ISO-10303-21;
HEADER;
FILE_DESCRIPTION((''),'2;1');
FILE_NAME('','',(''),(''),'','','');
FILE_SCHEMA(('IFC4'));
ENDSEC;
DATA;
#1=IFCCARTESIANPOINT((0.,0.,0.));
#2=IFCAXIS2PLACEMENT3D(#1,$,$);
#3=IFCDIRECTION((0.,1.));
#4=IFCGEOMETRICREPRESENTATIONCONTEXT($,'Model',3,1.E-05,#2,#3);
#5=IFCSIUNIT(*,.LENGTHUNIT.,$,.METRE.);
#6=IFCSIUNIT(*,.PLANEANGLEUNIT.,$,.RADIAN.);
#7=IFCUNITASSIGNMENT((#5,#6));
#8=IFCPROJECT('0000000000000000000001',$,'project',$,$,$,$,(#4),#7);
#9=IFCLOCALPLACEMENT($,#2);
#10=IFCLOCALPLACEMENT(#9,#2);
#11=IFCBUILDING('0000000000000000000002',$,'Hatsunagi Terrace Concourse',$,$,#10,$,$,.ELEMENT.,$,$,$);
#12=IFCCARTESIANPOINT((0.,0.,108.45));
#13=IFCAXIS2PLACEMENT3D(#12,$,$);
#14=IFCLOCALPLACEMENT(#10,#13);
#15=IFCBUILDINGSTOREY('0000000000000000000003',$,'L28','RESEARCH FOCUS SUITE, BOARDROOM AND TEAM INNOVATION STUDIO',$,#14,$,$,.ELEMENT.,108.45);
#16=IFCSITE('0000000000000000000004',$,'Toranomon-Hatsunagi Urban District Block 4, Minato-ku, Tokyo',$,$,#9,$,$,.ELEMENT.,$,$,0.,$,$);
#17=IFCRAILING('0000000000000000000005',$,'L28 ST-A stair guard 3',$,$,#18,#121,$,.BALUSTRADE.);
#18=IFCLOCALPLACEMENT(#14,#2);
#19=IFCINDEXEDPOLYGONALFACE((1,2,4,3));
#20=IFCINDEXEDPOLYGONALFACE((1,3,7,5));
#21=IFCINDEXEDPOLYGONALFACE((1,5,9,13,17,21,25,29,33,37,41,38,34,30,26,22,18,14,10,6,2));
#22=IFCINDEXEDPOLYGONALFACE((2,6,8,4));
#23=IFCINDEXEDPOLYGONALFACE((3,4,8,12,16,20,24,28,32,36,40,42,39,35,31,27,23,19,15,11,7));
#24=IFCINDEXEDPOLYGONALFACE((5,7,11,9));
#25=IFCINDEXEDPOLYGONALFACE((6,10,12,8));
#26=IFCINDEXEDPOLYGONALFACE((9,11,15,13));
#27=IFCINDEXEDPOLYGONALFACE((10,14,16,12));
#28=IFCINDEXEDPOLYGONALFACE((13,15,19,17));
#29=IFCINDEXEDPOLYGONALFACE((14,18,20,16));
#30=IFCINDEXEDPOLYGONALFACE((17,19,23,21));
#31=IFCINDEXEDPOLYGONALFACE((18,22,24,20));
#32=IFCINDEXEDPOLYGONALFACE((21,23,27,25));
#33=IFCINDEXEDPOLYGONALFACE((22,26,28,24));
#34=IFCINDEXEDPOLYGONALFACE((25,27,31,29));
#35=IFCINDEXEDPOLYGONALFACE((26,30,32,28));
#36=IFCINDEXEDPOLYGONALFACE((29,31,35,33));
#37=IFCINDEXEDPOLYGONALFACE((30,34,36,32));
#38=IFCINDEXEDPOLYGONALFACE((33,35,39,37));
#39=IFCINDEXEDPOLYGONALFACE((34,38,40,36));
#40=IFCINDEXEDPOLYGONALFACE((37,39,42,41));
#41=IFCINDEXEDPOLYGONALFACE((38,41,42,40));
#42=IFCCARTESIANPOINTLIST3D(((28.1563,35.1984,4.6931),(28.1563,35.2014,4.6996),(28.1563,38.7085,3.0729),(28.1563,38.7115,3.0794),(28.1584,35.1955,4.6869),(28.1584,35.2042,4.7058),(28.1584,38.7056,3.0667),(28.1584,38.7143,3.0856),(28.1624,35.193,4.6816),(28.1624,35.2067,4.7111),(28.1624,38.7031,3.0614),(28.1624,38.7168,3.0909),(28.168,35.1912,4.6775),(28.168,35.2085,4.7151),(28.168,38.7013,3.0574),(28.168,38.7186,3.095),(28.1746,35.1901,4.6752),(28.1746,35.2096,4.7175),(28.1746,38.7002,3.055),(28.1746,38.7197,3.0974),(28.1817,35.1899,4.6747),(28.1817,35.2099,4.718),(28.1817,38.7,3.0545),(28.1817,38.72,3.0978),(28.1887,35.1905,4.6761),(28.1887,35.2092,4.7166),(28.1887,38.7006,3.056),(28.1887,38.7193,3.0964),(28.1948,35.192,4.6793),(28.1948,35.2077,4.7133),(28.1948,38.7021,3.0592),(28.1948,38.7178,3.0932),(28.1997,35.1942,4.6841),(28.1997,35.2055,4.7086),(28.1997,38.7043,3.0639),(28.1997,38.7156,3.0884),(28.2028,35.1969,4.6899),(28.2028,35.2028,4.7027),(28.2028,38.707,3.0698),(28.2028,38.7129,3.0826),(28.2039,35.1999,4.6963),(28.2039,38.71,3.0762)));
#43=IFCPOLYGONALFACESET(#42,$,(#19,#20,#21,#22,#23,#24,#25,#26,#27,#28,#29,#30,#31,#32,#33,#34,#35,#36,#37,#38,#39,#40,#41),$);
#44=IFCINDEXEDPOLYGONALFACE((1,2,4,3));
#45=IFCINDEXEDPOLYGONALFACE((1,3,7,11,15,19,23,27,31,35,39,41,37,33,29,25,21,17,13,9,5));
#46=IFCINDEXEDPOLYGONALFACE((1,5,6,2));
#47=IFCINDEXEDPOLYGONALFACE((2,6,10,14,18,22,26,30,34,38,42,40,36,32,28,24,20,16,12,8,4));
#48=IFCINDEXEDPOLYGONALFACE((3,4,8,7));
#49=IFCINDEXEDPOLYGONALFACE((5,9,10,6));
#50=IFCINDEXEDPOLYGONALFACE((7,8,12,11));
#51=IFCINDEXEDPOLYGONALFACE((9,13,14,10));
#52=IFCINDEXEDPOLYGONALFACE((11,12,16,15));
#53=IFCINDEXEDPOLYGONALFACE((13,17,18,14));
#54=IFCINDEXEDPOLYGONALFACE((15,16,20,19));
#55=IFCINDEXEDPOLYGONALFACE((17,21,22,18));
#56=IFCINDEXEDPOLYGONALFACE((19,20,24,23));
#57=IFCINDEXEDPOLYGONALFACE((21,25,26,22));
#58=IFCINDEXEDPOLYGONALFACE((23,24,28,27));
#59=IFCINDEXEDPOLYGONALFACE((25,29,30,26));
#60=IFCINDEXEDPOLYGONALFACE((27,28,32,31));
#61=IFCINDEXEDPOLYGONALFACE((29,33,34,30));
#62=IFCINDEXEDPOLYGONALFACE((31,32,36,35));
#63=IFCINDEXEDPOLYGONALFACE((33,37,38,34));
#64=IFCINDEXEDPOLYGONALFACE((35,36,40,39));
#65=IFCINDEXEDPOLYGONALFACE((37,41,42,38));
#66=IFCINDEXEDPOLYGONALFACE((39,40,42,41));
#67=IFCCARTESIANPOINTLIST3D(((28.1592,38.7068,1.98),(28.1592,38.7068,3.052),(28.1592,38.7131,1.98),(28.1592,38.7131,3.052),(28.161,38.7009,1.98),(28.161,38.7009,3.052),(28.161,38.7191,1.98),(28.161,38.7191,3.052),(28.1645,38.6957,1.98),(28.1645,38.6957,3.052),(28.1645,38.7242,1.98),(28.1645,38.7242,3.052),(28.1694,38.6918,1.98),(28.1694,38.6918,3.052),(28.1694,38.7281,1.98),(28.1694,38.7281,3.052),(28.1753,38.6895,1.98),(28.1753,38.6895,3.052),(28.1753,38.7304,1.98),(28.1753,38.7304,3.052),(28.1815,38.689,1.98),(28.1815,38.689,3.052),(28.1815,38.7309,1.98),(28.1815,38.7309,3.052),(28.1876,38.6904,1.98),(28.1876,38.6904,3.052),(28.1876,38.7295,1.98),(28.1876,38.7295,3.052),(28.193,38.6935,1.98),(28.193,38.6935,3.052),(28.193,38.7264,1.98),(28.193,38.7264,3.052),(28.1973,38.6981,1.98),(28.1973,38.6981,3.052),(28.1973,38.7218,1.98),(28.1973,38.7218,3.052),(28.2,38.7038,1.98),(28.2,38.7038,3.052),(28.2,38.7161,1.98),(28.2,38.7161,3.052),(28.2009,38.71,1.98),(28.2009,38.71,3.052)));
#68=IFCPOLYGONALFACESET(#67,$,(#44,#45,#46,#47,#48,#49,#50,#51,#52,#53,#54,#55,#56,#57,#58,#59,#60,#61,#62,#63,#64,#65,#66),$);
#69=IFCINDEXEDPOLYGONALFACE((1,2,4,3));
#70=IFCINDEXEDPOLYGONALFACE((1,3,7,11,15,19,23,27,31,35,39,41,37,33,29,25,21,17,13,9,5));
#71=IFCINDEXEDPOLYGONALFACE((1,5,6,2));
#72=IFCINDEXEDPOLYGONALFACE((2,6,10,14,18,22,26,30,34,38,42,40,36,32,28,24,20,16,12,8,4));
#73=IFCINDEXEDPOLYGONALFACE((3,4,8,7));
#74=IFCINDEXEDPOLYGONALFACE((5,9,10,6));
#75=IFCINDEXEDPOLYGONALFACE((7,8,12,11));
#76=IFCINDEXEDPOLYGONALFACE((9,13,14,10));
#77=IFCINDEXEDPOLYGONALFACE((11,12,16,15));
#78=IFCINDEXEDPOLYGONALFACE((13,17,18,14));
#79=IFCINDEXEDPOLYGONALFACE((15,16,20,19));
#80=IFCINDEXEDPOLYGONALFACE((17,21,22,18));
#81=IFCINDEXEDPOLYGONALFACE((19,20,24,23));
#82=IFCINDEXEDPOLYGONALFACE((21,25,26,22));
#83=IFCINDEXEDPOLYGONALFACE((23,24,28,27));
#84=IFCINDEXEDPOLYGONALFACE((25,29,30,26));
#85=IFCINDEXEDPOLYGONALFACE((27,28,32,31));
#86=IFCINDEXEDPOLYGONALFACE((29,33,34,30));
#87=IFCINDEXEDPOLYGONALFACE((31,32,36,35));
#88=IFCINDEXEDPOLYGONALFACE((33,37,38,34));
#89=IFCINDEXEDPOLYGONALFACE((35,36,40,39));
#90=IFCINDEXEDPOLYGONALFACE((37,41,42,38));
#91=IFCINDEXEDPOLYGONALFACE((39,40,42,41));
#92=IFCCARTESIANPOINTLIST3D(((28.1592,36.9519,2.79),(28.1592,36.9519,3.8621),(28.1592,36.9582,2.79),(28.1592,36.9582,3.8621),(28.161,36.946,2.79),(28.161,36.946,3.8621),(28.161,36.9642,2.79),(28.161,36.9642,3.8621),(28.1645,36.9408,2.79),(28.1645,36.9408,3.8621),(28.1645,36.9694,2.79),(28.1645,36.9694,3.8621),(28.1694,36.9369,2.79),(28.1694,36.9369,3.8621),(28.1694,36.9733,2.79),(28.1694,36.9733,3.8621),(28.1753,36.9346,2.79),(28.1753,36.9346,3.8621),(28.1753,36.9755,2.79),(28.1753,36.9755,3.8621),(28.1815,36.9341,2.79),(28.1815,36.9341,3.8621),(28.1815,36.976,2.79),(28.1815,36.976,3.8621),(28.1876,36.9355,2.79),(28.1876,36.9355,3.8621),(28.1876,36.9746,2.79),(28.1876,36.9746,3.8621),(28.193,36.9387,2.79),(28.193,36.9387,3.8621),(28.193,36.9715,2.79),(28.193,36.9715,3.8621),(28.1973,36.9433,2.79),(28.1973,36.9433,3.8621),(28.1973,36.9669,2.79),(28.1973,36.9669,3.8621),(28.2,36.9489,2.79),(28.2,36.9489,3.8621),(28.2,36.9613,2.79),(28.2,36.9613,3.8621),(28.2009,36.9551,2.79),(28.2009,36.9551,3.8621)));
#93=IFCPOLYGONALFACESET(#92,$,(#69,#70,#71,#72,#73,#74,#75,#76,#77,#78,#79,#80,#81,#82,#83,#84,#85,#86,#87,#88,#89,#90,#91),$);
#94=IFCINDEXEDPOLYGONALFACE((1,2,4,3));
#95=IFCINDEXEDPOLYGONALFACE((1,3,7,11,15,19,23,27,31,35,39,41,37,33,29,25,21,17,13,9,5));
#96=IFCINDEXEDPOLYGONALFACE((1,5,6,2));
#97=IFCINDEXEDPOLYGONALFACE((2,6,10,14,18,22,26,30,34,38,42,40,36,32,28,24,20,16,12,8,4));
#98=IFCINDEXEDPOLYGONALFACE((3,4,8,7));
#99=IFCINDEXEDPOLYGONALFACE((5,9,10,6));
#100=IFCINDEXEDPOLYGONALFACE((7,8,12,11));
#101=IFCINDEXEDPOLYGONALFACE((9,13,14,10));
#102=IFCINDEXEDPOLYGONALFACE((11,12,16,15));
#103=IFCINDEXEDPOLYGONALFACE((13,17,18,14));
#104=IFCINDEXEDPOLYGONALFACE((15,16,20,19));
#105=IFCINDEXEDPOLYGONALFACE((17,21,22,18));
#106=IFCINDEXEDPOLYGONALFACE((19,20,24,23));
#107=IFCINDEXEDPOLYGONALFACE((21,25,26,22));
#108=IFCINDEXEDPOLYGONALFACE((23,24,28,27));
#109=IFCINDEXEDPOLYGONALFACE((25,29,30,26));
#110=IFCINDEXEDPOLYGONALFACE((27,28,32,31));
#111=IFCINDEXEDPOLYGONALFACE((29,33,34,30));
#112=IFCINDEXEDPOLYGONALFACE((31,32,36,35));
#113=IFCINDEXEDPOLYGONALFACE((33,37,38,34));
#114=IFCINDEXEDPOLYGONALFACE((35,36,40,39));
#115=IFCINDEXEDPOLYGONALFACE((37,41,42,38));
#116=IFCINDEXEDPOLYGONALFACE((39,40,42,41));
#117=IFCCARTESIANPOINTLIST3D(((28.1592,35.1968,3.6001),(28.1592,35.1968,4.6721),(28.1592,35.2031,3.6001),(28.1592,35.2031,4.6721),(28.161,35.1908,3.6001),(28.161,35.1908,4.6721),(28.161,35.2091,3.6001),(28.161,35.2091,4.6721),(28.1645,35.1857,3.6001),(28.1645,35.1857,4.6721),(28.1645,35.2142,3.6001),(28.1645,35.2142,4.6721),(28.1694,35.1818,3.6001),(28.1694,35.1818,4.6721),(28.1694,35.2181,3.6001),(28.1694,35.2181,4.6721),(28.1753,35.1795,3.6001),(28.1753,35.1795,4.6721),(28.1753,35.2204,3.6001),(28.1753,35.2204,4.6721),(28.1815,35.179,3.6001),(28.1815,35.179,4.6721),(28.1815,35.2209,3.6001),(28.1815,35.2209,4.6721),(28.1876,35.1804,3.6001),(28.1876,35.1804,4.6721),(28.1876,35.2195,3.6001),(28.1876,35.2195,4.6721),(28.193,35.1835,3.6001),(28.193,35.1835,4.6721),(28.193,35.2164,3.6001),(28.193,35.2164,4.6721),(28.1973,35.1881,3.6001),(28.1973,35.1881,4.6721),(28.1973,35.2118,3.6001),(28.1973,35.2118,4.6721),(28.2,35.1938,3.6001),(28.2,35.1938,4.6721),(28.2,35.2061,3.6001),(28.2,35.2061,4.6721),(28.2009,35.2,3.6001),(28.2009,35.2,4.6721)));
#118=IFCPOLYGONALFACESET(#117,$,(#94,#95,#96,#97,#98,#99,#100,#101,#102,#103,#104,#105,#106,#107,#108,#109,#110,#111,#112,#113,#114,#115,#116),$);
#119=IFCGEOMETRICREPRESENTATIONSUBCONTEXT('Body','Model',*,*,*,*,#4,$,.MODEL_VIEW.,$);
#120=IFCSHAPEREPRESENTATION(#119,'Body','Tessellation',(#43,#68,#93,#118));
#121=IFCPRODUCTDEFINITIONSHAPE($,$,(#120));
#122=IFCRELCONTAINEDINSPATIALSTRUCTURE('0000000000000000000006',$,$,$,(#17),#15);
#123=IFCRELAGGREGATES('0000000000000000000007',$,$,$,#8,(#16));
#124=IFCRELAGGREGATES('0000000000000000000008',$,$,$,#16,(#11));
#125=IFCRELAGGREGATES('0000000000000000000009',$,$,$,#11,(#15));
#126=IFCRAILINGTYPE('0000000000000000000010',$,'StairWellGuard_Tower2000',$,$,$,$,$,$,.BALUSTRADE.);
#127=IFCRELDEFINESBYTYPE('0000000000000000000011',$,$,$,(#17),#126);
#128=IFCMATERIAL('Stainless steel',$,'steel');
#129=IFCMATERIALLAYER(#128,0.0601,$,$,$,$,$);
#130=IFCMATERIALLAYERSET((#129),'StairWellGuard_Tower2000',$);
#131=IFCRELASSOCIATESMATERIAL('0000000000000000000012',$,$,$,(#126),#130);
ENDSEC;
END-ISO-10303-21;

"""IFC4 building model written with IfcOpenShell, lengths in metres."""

from ifc_helpers import new_model, si_unit, direction, frame, origin, origin_2d, place, context, subcontext, project, spatial, circle, extrude, material, layer, layer_set, type_object, element, save


model = new_model("IFC4")

# Units and contexts
model_context = context("Model", 3, precision=1e-05, world=origin(), true_north=direction((0.0, 1.0)))
body_context = subcontext(model_context, "Body", "Model", "MODEL_VIEW")
ifc_project = project(units=[si_unit("LENGTHUNIT", "METRE"), si_unit("PLANEANGLEUNIT", "RADIAN")], contexts=[model_context])

# Site, building, storey
site_placement = place(None, origin())
site = spatial("IfcSite", under=ifc_project, at=site_placement, Name="Toranomon-Hatsunagi Urban District Block 4, Minato-ku, Tokyo", CompositionType="ELEMENT", RefElevation=0.0)
building_placement = place(site_placement, origin())
building = spatial("IfcBuilding", under=site, at=building_placement, Name="Hatsunagi Terrace Concourse", CompositionType="ELEMENT")
storey_placement = place(building_placement, frame((0.0, 0.0, 108.45)))
storey = spatial("IfcBuildingStorey", under=building, at=storey_placement, Name="L28", Description="RESEARCH FOCUS SUITE, BOARDROOM AND TEAM INNOVATION STUDIO", CompositionType="ELEMENT", Elevation=108.45)

# Railing
ifc_material_1 = material(Name="Stainless steel", Category="steel")
ifc_layer_1 = layer(ifc_material_1, 0.0601)
ifc_layer_set_1 = layer_set([ifc_layer_1], Name="StairWellGuard_Tower2000")
railing_type = type_object("IfcRailingType", Name="StairWellGuard_Tower2000", PredefinedType="BALUSTRADE", material=ifc_layer_set_1)
railing_1_placement = place(storey_placement, frame((28.1799, 38.71, 1.98)))
element("IfcRailing", 1, at=railing_1_placement, inside=storey, type_object=railing_type, Name="L28 ST-A stair guard 3", PredefinedType="BALUSTRADE", context=body_context, shape_type="SweptSolid", body=[
    extrude(circle(Radius=0.0239, at=origin_2d()), frame((0.0, 0.0, 1.0962), z_axis=(0.0, -0.907948, 0.419082), x_axis=(1.0, 0.0, 0.0)), (0.0, 0.0, 1.0), 3.866),
    extrude(circle(Radius=0.021, at=origin_2d()), origin(), (0.0, 0.0, 1.0), 1.072),
    extrude(circle(Radius=0.021, at=origin_2d()), frame((0.0, -1.7549, 0.8101)), (0.0, 0.0, 1.0), 1.072),
    extrude(circle(Radius=0.021, at=origin_2d()), frame((0.0, -3.51, 1.6201)), (0.0, 0.0, 1.0), 1.072),
])

save(model, "model.ifc")
